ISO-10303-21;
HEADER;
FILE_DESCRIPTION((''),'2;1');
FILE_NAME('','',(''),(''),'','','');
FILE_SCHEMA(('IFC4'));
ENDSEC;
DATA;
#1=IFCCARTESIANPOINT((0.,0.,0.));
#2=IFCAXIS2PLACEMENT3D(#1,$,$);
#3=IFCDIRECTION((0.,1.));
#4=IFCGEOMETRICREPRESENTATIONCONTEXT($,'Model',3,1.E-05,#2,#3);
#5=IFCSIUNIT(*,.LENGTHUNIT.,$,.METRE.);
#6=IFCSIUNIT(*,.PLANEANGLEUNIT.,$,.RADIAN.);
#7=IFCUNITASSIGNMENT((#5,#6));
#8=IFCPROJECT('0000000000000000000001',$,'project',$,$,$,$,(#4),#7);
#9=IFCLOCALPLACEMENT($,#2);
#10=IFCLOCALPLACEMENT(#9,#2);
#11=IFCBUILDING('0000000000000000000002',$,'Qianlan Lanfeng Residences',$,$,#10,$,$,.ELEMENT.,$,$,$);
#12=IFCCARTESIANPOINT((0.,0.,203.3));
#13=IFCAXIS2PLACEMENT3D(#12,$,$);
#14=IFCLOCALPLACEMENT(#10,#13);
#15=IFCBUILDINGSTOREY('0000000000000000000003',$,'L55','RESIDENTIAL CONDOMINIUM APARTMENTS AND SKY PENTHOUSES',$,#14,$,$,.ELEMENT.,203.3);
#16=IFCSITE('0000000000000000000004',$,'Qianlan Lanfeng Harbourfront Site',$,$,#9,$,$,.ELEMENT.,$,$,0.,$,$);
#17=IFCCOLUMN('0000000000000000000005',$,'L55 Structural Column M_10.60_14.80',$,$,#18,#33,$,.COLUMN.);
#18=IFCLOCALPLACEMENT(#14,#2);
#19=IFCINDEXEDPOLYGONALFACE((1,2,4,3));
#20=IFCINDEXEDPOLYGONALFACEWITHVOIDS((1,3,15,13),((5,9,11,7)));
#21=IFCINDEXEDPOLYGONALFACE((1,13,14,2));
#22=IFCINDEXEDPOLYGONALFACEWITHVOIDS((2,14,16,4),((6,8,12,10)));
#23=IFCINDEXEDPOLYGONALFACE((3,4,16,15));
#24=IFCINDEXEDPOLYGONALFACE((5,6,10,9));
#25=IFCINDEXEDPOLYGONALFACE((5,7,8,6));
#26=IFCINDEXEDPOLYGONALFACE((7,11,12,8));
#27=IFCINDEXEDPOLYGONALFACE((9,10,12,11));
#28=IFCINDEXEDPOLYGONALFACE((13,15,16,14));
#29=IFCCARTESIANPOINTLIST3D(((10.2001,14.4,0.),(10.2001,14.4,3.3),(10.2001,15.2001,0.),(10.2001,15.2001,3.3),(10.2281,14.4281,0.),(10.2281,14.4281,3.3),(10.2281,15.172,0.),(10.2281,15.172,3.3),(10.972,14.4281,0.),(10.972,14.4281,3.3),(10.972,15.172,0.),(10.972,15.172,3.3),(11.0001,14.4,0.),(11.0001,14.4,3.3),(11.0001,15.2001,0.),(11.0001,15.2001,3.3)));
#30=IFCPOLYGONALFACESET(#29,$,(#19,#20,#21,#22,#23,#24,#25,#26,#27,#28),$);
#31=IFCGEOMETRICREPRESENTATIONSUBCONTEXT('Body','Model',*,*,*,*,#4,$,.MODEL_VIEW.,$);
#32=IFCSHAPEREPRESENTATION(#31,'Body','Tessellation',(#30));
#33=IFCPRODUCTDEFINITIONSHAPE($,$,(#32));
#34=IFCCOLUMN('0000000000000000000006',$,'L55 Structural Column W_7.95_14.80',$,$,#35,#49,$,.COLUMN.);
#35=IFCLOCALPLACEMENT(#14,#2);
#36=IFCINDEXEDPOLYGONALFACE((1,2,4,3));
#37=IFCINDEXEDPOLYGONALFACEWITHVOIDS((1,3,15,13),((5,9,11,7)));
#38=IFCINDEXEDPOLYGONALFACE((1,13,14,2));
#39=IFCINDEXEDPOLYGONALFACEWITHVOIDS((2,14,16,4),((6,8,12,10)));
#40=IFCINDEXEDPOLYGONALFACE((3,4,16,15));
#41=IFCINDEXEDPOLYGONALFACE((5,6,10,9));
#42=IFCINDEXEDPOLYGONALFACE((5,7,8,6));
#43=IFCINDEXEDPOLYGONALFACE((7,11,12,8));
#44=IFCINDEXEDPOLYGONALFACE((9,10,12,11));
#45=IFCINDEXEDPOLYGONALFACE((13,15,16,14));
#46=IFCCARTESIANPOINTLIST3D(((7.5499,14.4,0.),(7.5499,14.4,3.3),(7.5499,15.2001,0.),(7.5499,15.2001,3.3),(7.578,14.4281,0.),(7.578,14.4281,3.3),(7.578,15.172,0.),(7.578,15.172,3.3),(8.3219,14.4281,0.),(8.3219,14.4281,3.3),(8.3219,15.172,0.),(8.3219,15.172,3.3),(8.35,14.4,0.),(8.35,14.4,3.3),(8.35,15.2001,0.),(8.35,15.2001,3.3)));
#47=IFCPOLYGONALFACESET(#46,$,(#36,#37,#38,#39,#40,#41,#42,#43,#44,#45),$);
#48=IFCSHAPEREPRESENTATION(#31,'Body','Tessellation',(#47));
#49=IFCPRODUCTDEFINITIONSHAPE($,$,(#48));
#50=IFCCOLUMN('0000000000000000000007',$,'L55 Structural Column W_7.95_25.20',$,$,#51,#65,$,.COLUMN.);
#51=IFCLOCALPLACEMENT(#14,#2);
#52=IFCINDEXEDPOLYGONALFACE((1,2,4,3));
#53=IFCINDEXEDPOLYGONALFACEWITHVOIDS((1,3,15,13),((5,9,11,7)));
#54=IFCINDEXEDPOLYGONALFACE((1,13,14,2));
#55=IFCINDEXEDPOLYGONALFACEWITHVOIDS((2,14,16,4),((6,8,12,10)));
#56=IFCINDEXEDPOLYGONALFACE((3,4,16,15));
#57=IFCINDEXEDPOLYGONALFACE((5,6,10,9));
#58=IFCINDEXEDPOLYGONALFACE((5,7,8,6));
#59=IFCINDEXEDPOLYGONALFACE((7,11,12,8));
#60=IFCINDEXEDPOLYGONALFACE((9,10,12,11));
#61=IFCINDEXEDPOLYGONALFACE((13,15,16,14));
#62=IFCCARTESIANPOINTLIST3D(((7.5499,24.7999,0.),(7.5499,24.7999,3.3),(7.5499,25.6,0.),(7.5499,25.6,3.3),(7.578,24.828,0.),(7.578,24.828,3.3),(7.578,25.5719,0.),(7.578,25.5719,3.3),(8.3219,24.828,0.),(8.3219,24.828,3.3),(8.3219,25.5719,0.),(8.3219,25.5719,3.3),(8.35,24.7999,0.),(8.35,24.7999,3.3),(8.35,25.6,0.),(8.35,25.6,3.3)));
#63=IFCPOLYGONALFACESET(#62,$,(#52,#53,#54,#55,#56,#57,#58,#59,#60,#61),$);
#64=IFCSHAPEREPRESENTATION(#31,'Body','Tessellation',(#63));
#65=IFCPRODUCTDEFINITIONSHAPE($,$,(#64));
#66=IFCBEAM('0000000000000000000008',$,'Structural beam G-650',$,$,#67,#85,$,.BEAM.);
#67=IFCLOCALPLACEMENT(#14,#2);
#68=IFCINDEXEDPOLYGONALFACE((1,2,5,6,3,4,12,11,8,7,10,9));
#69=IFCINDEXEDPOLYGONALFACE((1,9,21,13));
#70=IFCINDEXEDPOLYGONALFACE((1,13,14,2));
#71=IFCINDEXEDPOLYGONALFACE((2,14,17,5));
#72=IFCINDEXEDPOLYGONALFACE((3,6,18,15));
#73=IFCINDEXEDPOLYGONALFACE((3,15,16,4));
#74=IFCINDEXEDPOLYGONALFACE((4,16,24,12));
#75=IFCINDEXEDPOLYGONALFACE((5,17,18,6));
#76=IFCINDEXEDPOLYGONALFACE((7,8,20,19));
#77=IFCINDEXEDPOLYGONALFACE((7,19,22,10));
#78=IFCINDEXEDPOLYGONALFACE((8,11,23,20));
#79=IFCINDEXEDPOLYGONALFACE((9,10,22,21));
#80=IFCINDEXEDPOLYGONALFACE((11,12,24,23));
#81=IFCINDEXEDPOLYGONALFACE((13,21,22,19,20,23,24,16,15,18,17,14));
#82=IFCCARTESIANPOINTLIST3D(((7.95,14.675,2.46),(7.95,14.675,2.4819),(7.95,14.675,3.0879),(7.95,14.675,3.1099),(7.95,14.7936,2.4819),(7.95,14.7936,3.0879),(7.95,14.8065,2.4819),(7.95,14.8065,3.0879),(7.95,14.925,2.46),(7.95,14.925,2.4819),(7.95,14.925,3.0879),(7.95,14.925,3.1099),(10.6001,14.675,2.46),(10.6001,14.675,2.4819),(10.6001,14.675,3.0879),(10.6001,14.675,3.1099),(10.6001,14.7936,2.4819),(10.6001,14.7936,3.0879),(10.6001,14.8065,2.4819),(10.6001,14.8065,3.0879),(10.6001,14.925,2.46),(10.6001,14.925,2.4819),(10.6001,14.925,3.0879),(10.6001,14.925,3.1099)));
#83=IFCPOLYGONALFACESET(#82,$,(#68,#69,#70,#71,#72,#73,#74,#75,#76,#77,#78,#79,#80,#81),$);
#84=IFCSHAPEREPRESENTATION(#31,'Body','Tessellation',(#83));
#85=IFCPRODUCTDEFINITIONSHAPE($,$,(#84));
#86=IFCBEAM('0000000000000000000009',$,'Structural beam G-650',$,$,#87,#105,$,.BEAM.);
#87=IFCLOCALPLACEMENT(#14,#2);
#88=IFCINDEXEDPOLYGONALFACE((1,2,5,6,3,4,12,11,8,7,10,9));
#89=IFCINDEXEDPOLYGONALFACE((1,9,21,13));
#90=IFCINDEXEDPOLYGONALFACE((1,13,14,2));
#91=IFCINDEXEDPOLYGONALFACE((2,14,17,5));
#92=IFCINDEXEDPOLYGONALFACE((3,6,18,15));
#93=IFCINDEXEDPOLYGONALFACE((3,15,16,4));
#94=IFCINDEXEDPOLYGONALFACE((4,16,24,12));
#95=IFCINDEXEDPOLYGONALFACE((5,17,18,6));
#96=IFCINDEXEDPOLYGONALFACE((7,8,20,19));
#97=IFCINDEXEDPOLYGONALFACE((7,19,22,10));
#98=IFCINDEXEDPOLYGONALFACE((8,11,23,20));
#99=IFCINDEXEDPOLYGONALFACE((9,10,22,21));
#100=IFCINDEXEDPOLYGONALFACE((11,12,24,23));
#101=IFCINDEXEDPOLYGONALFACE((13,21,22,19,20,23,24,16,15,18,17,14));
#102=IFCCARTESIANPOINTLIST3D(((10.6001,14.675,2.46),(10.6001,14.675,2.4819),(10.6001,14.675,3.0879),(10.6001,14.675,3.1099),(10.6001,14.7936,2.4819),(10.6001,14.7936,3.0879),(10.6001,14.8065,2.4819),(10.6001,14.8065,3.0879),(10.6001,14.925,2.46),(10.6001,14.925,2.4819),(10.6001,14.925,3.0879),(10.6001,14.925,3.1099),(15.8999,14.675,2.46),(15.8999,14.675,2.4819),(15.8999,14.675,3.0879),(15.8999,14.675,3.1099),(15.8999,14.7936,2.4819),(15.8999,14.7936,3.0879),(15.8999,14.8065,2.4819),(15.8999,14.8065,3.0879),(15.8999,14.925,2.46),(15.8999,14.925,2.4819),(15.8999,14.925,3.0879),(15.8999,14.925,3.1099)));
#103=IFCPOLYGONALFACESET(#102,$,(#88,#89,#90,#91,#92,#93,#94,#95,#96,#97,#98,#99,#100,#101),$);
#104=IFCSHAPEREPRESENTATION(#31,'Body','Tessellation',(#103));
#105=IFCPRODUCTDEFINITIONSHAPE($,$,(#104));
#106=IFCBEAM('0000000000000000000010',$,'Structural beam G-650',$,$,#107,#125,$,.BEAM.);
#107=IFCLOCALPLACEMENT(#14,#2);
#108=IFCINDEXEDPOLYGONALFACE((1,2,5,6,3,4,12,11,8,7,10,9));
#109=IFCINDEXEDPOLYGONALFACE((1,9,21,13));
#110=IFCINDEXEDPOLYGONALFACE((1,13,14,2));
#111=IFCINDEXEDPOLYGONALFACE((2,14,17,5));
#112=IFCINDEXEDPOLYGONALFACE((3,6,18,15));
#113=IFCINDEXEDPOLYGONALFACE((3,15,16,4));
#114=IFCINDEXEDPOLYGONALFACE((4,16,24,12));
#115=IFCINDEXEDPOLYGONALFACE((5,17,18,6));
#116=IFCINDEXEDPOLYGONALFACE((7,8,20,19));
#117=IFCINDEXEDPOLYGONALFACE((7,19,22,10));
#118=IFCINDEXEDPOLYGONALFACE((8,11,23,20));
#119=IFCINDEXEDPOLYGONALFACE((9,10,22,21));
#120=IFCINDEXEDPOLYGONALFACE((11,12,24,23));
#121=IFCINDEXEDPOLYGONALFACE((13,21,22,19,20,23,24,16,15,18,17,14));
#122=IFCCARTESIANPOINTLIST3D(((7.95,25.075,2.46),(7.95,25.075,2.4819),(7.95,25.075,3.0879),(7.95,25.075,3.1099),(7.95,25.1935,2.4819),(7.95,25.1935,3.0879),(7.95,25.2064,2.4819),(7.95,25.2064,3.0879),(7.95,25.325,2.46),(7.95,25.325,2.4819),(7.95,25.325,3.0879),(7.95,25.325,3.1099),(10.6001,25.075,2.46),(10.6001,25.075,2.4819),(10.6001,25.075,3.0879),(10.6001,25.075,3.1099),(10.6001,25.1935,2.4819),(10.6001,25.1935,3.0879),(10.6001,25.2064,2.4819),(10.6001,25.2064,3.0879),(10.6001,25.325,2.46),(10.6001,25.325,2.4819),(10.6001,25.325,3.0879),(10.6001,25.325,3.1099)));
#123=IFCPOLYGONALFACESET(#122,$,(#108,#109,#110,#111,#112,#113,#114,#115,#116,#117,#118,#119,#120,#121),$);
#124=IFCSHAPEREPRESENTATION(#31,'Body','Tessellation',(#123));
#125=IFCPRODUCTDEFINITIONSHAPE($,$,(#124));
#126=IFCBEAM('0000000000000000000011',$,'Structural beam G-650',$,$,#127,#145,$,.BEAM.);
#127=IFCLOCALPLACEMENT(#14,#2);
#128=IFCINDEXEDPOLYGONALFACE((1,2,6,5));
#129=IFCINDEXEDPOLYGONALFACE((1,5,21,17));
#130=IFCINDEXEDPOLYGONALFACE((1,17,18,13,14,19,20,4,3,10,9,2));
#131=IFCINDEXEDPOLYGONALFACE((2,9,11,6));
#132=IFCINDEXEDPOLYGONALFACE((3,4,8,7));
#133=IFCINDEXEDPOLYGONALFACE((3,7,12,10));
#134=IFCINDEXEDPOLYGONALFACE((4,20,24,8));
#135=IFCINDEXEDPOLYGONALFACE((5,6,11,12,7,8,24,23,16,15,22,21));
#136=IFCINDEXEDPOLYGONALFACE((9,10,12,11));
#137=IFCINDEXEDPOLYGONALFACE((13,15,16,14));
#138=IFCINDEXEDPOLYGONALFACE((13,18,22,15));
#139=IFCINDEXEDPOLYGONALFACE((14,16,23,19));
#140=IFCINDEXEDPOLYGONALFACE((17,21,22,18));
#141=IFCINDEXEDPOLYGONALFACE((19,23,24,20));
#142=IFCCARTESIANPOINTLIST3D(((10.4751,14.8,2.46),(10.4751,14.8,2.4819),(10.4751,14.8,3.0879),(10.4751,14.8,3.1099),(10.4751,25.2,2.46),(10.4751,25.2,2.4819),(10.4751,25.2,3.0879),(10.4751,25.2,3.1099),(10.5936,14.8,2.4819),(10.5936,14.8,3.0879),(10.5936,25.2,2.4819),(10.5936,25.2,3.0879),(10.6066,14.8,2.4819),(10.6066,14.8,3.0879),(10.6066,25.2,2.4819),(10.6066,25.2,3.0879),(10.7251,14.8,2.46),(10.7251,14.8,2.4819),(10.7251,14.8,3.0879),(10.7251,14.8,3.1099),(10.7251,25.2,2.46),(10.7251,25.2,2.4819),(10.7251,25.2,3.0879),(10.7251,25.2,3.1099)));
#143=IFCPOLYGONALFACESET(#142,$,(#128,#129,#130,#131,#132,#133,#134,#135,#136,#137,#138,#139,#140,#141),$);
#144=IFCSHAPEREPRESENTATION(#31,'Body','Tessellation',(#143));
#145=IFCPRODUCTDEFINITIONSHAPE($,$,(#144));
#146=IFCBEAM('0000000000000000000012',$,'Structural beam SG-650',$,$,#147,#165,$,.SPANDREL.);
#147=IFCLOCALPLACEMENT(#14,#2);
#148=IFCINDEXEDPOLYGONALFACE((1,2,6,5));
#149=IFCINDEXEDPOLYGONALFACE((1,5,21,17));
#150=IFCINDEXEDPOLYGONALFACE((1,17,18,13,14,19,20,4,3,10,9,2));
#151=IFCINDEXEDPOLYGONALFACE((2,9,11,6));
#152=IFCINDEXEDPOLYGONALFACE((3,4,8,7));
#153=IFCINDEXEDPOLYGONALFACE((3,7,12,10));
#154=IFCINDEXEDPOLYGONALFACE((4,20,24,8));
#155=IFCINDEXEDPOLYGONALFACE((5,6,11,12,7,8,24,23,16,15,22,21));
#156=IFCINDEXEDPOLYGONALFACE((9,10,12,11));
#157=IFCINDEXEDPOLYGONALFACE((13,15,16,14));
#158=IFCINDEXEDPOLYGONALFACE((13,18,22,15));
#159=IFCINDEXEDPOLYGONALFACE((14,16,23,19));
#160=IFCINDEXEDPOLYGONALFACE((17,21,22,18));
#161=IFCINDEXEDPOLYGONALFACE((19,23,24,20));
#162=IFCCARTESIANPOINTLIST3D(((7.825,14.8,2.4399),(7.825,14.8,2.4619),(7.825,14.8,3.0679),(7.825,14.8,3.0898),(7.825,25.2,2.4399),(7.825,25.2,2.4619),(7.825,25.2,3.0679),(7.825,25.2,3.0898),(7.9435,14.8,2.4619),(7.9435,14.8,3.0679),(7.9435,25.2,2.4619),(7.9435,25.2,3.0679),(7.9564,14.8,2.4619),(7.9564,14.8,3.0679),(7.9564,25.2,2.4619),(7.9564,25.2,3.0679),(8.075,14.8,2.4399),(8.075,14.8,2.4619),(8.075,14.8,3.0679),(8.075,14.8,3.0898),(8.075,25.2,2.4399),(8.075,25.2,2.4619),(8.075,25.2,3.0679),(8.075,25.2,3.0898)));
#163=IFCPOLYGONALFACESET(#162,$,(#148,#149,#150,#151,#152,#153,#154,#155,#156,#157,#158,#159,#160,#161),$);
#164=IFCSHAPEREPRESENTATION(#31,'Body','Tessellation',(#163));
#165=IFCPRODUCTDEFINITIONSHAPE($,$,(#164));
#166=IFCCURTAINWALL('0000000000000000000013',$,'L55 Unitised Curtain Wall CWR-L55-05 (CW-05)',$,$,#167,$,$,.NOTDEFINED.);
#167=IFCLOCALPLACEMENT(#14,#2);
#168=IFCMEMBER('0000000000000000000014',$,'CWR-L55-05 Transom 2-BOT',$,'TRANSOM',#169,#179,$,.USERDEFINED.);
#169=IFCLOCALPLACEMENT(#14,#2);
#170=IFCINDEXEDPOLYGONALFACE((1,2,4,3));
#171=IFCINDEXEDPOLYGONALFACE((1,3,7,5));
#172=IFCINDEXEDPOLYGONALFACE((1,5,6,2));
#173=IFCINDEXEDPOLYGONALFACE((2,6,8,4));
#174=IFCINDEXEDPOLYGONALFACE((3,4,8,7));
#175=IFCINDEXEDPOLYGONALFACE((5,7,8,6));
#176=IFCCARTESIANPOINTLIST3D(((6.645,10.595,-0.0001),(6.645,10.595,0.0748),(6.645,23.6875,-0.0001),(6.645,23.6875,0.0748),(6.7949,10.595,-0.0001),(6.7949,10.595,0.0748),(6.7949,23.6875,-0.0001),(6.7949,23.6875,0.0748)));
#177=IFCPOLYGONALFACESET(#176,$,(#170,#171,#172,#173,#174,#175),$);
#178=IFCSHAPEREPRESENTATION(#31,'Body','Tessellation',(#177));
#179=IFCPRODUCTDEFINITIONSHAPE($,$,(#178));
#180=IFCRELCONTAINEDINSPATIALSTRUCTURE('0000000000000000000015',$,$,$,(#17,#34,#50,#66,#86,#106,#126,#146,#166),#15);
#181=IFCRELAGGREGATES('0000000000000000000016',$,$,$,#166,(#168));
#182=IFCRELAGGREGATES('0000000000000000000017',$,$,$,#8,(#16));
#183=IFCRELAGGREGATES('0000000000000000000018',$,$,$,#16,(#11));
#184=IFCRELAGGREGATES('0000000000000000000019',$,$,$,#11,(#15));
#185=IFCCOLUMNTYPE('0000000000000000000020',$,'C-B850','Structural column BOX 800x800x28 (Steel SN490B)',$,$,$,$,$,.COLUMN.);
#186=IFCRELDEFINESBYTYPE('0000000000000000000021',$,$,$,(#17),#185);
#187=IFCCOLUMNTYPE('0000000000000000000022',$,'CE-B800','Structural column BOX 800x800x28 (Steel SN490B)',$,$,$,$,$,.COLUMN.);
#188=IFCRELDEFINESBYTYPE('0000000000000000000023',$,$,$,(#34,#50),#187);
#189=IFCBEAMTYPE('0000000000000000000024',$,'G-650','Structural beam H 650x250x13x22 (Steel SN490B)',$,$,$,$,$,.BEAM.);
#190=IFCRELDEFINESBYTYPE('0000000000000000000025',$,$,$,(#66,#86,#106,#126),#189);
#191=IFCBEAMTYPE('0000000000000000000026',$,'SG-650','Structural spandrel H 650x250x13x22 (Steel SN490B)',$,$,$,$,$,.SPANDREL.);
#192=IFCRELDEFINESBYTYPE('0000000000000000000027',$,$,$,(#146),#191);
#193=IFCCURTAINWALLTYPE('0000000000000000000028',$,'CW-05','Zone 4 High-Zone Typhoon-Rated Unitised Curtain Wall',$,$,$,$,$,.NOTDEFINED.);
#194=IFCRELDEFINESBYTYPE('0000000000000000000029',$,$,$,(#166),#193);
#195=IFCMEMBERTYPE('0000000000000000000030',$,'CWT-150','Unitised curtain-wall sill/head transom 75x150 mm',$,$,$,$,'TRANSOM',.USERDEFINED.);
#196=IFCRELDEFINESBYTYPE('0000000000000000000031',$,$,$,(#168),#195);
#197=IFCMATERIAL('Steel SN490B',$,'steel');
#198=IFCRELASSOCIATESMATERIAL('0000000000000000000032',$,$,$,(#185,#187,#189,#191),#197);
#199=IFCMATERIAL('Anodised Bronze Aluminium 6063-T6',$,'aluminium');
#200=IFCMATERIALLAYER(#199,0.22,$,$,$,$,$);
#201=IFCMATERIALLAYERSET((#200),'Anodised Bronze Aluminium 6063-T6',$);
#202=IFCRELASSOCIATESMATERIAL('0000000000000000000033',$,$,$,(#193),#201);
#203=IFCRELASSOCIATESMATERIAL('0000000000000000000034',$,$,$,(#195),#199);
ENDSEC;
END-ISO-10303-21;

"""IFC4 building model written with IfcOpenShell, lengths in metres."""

from ifc_helpers import new_model, si_unit, direction, frame, origin, origin_2d, place, context, subcontext, project, spatial, rectangle, hollow_rectangle, i_section, extrude, source, transform, mapped, material, layer, layer_set, material_profile, profile_set, type_object, element, aggregate, save


model = new_model("IFC4")

# Units and contexts
model_context = context("Model", 3, precision=1e-05, world=origin(), true_north=direction((0.0, 1.0)))
body_context = subcontext(model_context, "Body", "Model", "MODEL_VIEW")
ifc_project = project(units=[si_unit("LENGTHUNIT", "METRE"), si_unit("PLANEANGLEUNIT", "RADIAN")], contexts=[model_context])

# Site, building, storey
site_placement = place(None, origin())
site = spatial("IfcSite", under=ifc_project, at=site_placement, Name="Qianlan Lanfeng Harbourfront Site", CompositionType="ELEMENT", RefElevation=0.0)
building_placement = place(site_placement, origin())
building = spatial("IfcBuilding", under=site, at=building_placement, Name="Qianlan Lanfeng Residences", CompositionType="ELEMENT")
storey_placement = place(building_placement, frame((0.0, 0.0, 203.3)))
storey = spatial("IfcBuildingStorey", under=building, at=storey_placement, Name="L55", Description="RESIDENTIAL CONDOMINIUM APARTMENTS AND SKY PENTHOUSES", CompositionType="ELEMENT", Elevation=203.3)

# Columns
ifc_material_1 = material(Name="Steel SN490B", Category="steel")
ifc_material_profile_1 = material_profile(ifc_material_1, hollow_rectangle(XDim=0.8, YDim=0.8, WallThickness=0.0281, at=origin_2d()), Name="BOX 800x800x28")
ifc_profile_set_1 = profile_set([ifc_material_profile_1], Name="Steel SN490B")
column_type_1 = type_object("IfcColumnType", Name="C-B850", Description="Structural column BOX 800x800x28 (Steel SN490B)", PredefinedType="COLUMN", material=ifc_profile_set_1)
column_placement = place(storey_placement, frame((10.6001, 14.8, 0.0), z_axis=(0.0, 0.0, 1.0), x_axis=(1.0, 0.0, 0.0)))
element("IfcColumn", 1, at=column_placement, inside=storey, type_object=column_type_1, Name="L55 Structural Column M_10.60_14.80", PredefinedType="COLUMN", context=body_context, shape_type="SweptSolid", body=[
    extrude(hollow_rectangle(XDim=0.8, YDim=0.8, WallThickness=0.0281, at=origin_2d()), origin(), (0.0, 0.0, 1.0), 3.3),
])
ifc_material_profile_2 = material_profile(ifc_material_1, hollow_rectangle(XDim=0.8, YDim=0.8, WallThickness=0.0281, at=origin_2d()), Name="BOX 800x800x28")
ifc_profile_set_2 = profile_set([ifc_material_profile_2], Name="Steel SN490B")
column_type_2 = type_object("IfcColumnType", Name="CE-B800", Description="Structural column BOX 800x800x28 (Steel SN490B)", PredefinedType="COLUMN", material=ifc_profile_set_2)
for number, where, z_axis, x_axis, name in (
    (2, (7.95, 14.8, 0.0), (0.0, 0.0, 1.0), (1.0, 0.0, 0.0), "L55 Structural Column W_7.95_14.80"),
    (3, (7.95, 25.2, 0.0), (0.0, 0.0, 1.0), (1.0, 0.0, 0.0), "L55 Structural Column W_7.95_25.20"),
):
    element("IfcColumn", number, at=place(storey_placement, frame(where, z_axis=z_axis, x_axis=x_axis)), inside=storey, type_object=column_type_2, Name=name, PredefinedType="COLUMN", context=body_context, shape_type="SweptSolid", body=[
        extrude(hollow_rectangle(XDim=0.8, YDim=0.8, WallThickness=0.0281, at=origin_2d()), origin(), (0.0, 0.0, 1.0), 3.3),
    ])

# Beams
ifc_material_profile_3 = material_profile(ifc_material_1, i_section(OverallWidth=0.25, OverallDepth=0.6499, WebThickness=0.0129, FlangeThickness=0.022, at=origin_2d()), Name="H 650x250x13x22")
ifc_profile_set_3 = profile_set([ifc_material_profile_3], Name="Steel SN490B")
beam_type_1 = type_object("IfcBeamType", Name="G-650", Description="Structural beam H 650x250x13x22 (Steel SN490B)", PredefinedType="BEAM", material=ifc_profile_set_3)
beam_1_placement = place(storey_placement, frame((7.95, 14.8, 2.7849), z_axis=(1.0, 0.0, 0.0), x_axis=(0.0, 1.0, 0.0)))
element("IfcBeam", 4, at=beam_1_placement, inside=storey, type_object=beam_type_1, Name="Structural beam G-650", PredefinedType="BEAM", context=body_context, shape_type="SweptSolid", body=[
    extrude(i_section(OverallWidth=0.25, OverallDepth=0.6499, WebThickness=0.0129, FlangeThickness=0.022, at=origin_2d()), origin(), (0.0, 0.0, 1.0), 2.6501),
])
beam_2_placement = place(storey_placement, frame((10.6001, 14.8, 2.7849), z_axis=(1.0, 0.0, 0.0), x_axis=(0.0, 1.0, 0.0)))
element("IfcBeam", 5, at=beam_2_placement, inside=storey, type_object=beam_type_1, Name="Structural beam G-650", PredefinedType="BEAM", context=body_context, shape_type="SweptSolid", body=[
    extrude(i_section(OverallWidth=0.25, OverallDepth=0.6499, WebThickness=0.0129, FlangeThickness=0.022, at=origin_2d()), origin(), (0.0, 0.0, 1.0), 5.2998),
])
beam_3_placement = place(storey_placement, frame((7.95, 25.2, 2.7849), z_axis=(1.0, 0.0, 0.0), x_axis=(0.0, 1.0, 0.0)))
element("IfcBeam", 6, at=beam_3_placement, inside=storey, type_object=beam_type_1, Name="Structural beam G-650", PredefinedType="BEAM", context=body_context, shape_type="SweptSolid", body=[
    extrude(i_section(OverallWidth=0.25, OverallDepth=0.6499, WebThickness=0.0129, FlangeThickness=0.022, at=origin_2d()), origin(), (0.0, 0.0, 1.0), 2.6501),
])
beam_4_placement = place(storey_placement, frame((10.6001, 14.8, 2.7849), z_axis=(0.0, 1.0, 0.0), x_axis=(-1.0, 0.0, 0.0)))
element("IfcBeam", 7, at=beam_4_placement, inside=storey, type_object=beam_type_1, Name="Structural beam G-650", PredefinedType="BEAM", context=body_context, shape_type="SweptSolid", body=[
    extrude(i_section(OverallWidth=0.25, OverallDepth=0.6499, WebThickness=0.0129, FlangeThickness=0.022, at=origin_2d()), origin(), (0.0, 0.0, 1.0), 10.3999),
])
ifc_material_profile_4 = material_profile(ifc_material_1, i_section(OverallWidth=0.25, OverallDepth=0.6499, WebThickness=0.0129, FlangeThickness=0.022, at=origin_2d()), Name="H 650x250x13x22")
ifc_profile_set_4 = profile_set([ifc_material_profile_4], Name="Steel SN490B")
beam_type_2 = type_object("IfcBeamType", Name="SG-650", Description="Structural spandrel H 650x250x13x22 (Steel SN490B)", PredefinedType="SPANDREL", material=ifc_profile_set_4)
beam_5_placement = place(storey_placement, frame((7.95, 14.8, 2.7649), z_axis=(0.0, 1.0, 0.0), x_axis=(-1.0, 0.0, 0.0)))
element("IfcBeam", 8, at=beam_5_placement, inside=storey, type_object=beam_type_2, Name="Structural beam SG-650", PredefinedType="SPANDREL", context=body_context, shape_type="SweptSolid", body=[
    extrude(i_section(OverallWidth=0.25, OverallDepth=0.6499, WebThickness=0.0129, FlangeThickness=0.022, at=origin_2d()), origin(), (0.0, 0.0, 1.0), 10.3999),
])

# Curtain wall, member
ifc_material_2 = material(Name="Anodised Bronze Aluminium 6063-T6", Category="aluminium")
ifc_layer_1 = layer(ifc_material_2, 0.22)
ifc_layer_set_1 = layer_set([ifc_layer_1], Name="Anodised Bronze Aluminium 6063-T6")
curtain_wall_type = type_object("IfcCurtainWallType", Name="CW-05", Description="Zone 4 High-Zone Typhoon-Rated Unitised Curtain Wall", PredefinedType="NOTDEFINED", material=ifc_layer_set_1)
curtain_wall_placement = place(storey_placement, origin())
curtain_wall = element("IfcCurtainWall", 9, at=curtain_wall_placement, inside=storey, type_object=curtain_wall_type, Name="L55 Unitised Curtain Wall CWR-L55-05 (CW-05)", PredefinedType="NOTDEFINED")
ifc_material_profile_5 = material_profile(ifc_material_2, rectangle(XDim=0.075, YDim=0.1499, at=origin_2d()), Name="ALU TRANSOM 75x150")
ifc_profile_set_5 = profile_set([ifc_material_profile_5], Name="Anodised Bronze Aluminium 6063-T6")
member_type_1 = type_object("IfcMemberType", Name="CWT-150", Description="Unitised curtain-wall sill/head transom 75x150 mm", ElementType="TRANSOM", PredefinedType="USERDEFINED", material=ifc_profile_set_5)
shared_shape_1 = source(origin(), body_context, "Body", "SweptSolid", [
    extrude(rectangle(XDim=0.075, YDim=0.1499, at=origin_2d()), origin(), (0.0, 0.0, 1.0), 13.0925),
])
member_1_placement = place(storey_placement, frame((6.72, 23.6875, 0.0374), z_axis=(0.0, -1.0, 0.0), x_axis=(0.0, 0.0, 1.0)))
member_1 = element("IfcMember", 10, at=member_1_placement, type_object=member_type_1, Name="CWR-L55-05 Transom 2-BOT", ObjectType="TRANSOM", PredefinedType="USERDEFINED", context=body_context, shape_type="MappedRepresentation", body=[
    mapped(shared_shape_1, transform((0.0, 0.0, 0.0), scale=1.0)),
])
aggregate(curtain_wall, [member_1])

save(model, "model.ifc")
